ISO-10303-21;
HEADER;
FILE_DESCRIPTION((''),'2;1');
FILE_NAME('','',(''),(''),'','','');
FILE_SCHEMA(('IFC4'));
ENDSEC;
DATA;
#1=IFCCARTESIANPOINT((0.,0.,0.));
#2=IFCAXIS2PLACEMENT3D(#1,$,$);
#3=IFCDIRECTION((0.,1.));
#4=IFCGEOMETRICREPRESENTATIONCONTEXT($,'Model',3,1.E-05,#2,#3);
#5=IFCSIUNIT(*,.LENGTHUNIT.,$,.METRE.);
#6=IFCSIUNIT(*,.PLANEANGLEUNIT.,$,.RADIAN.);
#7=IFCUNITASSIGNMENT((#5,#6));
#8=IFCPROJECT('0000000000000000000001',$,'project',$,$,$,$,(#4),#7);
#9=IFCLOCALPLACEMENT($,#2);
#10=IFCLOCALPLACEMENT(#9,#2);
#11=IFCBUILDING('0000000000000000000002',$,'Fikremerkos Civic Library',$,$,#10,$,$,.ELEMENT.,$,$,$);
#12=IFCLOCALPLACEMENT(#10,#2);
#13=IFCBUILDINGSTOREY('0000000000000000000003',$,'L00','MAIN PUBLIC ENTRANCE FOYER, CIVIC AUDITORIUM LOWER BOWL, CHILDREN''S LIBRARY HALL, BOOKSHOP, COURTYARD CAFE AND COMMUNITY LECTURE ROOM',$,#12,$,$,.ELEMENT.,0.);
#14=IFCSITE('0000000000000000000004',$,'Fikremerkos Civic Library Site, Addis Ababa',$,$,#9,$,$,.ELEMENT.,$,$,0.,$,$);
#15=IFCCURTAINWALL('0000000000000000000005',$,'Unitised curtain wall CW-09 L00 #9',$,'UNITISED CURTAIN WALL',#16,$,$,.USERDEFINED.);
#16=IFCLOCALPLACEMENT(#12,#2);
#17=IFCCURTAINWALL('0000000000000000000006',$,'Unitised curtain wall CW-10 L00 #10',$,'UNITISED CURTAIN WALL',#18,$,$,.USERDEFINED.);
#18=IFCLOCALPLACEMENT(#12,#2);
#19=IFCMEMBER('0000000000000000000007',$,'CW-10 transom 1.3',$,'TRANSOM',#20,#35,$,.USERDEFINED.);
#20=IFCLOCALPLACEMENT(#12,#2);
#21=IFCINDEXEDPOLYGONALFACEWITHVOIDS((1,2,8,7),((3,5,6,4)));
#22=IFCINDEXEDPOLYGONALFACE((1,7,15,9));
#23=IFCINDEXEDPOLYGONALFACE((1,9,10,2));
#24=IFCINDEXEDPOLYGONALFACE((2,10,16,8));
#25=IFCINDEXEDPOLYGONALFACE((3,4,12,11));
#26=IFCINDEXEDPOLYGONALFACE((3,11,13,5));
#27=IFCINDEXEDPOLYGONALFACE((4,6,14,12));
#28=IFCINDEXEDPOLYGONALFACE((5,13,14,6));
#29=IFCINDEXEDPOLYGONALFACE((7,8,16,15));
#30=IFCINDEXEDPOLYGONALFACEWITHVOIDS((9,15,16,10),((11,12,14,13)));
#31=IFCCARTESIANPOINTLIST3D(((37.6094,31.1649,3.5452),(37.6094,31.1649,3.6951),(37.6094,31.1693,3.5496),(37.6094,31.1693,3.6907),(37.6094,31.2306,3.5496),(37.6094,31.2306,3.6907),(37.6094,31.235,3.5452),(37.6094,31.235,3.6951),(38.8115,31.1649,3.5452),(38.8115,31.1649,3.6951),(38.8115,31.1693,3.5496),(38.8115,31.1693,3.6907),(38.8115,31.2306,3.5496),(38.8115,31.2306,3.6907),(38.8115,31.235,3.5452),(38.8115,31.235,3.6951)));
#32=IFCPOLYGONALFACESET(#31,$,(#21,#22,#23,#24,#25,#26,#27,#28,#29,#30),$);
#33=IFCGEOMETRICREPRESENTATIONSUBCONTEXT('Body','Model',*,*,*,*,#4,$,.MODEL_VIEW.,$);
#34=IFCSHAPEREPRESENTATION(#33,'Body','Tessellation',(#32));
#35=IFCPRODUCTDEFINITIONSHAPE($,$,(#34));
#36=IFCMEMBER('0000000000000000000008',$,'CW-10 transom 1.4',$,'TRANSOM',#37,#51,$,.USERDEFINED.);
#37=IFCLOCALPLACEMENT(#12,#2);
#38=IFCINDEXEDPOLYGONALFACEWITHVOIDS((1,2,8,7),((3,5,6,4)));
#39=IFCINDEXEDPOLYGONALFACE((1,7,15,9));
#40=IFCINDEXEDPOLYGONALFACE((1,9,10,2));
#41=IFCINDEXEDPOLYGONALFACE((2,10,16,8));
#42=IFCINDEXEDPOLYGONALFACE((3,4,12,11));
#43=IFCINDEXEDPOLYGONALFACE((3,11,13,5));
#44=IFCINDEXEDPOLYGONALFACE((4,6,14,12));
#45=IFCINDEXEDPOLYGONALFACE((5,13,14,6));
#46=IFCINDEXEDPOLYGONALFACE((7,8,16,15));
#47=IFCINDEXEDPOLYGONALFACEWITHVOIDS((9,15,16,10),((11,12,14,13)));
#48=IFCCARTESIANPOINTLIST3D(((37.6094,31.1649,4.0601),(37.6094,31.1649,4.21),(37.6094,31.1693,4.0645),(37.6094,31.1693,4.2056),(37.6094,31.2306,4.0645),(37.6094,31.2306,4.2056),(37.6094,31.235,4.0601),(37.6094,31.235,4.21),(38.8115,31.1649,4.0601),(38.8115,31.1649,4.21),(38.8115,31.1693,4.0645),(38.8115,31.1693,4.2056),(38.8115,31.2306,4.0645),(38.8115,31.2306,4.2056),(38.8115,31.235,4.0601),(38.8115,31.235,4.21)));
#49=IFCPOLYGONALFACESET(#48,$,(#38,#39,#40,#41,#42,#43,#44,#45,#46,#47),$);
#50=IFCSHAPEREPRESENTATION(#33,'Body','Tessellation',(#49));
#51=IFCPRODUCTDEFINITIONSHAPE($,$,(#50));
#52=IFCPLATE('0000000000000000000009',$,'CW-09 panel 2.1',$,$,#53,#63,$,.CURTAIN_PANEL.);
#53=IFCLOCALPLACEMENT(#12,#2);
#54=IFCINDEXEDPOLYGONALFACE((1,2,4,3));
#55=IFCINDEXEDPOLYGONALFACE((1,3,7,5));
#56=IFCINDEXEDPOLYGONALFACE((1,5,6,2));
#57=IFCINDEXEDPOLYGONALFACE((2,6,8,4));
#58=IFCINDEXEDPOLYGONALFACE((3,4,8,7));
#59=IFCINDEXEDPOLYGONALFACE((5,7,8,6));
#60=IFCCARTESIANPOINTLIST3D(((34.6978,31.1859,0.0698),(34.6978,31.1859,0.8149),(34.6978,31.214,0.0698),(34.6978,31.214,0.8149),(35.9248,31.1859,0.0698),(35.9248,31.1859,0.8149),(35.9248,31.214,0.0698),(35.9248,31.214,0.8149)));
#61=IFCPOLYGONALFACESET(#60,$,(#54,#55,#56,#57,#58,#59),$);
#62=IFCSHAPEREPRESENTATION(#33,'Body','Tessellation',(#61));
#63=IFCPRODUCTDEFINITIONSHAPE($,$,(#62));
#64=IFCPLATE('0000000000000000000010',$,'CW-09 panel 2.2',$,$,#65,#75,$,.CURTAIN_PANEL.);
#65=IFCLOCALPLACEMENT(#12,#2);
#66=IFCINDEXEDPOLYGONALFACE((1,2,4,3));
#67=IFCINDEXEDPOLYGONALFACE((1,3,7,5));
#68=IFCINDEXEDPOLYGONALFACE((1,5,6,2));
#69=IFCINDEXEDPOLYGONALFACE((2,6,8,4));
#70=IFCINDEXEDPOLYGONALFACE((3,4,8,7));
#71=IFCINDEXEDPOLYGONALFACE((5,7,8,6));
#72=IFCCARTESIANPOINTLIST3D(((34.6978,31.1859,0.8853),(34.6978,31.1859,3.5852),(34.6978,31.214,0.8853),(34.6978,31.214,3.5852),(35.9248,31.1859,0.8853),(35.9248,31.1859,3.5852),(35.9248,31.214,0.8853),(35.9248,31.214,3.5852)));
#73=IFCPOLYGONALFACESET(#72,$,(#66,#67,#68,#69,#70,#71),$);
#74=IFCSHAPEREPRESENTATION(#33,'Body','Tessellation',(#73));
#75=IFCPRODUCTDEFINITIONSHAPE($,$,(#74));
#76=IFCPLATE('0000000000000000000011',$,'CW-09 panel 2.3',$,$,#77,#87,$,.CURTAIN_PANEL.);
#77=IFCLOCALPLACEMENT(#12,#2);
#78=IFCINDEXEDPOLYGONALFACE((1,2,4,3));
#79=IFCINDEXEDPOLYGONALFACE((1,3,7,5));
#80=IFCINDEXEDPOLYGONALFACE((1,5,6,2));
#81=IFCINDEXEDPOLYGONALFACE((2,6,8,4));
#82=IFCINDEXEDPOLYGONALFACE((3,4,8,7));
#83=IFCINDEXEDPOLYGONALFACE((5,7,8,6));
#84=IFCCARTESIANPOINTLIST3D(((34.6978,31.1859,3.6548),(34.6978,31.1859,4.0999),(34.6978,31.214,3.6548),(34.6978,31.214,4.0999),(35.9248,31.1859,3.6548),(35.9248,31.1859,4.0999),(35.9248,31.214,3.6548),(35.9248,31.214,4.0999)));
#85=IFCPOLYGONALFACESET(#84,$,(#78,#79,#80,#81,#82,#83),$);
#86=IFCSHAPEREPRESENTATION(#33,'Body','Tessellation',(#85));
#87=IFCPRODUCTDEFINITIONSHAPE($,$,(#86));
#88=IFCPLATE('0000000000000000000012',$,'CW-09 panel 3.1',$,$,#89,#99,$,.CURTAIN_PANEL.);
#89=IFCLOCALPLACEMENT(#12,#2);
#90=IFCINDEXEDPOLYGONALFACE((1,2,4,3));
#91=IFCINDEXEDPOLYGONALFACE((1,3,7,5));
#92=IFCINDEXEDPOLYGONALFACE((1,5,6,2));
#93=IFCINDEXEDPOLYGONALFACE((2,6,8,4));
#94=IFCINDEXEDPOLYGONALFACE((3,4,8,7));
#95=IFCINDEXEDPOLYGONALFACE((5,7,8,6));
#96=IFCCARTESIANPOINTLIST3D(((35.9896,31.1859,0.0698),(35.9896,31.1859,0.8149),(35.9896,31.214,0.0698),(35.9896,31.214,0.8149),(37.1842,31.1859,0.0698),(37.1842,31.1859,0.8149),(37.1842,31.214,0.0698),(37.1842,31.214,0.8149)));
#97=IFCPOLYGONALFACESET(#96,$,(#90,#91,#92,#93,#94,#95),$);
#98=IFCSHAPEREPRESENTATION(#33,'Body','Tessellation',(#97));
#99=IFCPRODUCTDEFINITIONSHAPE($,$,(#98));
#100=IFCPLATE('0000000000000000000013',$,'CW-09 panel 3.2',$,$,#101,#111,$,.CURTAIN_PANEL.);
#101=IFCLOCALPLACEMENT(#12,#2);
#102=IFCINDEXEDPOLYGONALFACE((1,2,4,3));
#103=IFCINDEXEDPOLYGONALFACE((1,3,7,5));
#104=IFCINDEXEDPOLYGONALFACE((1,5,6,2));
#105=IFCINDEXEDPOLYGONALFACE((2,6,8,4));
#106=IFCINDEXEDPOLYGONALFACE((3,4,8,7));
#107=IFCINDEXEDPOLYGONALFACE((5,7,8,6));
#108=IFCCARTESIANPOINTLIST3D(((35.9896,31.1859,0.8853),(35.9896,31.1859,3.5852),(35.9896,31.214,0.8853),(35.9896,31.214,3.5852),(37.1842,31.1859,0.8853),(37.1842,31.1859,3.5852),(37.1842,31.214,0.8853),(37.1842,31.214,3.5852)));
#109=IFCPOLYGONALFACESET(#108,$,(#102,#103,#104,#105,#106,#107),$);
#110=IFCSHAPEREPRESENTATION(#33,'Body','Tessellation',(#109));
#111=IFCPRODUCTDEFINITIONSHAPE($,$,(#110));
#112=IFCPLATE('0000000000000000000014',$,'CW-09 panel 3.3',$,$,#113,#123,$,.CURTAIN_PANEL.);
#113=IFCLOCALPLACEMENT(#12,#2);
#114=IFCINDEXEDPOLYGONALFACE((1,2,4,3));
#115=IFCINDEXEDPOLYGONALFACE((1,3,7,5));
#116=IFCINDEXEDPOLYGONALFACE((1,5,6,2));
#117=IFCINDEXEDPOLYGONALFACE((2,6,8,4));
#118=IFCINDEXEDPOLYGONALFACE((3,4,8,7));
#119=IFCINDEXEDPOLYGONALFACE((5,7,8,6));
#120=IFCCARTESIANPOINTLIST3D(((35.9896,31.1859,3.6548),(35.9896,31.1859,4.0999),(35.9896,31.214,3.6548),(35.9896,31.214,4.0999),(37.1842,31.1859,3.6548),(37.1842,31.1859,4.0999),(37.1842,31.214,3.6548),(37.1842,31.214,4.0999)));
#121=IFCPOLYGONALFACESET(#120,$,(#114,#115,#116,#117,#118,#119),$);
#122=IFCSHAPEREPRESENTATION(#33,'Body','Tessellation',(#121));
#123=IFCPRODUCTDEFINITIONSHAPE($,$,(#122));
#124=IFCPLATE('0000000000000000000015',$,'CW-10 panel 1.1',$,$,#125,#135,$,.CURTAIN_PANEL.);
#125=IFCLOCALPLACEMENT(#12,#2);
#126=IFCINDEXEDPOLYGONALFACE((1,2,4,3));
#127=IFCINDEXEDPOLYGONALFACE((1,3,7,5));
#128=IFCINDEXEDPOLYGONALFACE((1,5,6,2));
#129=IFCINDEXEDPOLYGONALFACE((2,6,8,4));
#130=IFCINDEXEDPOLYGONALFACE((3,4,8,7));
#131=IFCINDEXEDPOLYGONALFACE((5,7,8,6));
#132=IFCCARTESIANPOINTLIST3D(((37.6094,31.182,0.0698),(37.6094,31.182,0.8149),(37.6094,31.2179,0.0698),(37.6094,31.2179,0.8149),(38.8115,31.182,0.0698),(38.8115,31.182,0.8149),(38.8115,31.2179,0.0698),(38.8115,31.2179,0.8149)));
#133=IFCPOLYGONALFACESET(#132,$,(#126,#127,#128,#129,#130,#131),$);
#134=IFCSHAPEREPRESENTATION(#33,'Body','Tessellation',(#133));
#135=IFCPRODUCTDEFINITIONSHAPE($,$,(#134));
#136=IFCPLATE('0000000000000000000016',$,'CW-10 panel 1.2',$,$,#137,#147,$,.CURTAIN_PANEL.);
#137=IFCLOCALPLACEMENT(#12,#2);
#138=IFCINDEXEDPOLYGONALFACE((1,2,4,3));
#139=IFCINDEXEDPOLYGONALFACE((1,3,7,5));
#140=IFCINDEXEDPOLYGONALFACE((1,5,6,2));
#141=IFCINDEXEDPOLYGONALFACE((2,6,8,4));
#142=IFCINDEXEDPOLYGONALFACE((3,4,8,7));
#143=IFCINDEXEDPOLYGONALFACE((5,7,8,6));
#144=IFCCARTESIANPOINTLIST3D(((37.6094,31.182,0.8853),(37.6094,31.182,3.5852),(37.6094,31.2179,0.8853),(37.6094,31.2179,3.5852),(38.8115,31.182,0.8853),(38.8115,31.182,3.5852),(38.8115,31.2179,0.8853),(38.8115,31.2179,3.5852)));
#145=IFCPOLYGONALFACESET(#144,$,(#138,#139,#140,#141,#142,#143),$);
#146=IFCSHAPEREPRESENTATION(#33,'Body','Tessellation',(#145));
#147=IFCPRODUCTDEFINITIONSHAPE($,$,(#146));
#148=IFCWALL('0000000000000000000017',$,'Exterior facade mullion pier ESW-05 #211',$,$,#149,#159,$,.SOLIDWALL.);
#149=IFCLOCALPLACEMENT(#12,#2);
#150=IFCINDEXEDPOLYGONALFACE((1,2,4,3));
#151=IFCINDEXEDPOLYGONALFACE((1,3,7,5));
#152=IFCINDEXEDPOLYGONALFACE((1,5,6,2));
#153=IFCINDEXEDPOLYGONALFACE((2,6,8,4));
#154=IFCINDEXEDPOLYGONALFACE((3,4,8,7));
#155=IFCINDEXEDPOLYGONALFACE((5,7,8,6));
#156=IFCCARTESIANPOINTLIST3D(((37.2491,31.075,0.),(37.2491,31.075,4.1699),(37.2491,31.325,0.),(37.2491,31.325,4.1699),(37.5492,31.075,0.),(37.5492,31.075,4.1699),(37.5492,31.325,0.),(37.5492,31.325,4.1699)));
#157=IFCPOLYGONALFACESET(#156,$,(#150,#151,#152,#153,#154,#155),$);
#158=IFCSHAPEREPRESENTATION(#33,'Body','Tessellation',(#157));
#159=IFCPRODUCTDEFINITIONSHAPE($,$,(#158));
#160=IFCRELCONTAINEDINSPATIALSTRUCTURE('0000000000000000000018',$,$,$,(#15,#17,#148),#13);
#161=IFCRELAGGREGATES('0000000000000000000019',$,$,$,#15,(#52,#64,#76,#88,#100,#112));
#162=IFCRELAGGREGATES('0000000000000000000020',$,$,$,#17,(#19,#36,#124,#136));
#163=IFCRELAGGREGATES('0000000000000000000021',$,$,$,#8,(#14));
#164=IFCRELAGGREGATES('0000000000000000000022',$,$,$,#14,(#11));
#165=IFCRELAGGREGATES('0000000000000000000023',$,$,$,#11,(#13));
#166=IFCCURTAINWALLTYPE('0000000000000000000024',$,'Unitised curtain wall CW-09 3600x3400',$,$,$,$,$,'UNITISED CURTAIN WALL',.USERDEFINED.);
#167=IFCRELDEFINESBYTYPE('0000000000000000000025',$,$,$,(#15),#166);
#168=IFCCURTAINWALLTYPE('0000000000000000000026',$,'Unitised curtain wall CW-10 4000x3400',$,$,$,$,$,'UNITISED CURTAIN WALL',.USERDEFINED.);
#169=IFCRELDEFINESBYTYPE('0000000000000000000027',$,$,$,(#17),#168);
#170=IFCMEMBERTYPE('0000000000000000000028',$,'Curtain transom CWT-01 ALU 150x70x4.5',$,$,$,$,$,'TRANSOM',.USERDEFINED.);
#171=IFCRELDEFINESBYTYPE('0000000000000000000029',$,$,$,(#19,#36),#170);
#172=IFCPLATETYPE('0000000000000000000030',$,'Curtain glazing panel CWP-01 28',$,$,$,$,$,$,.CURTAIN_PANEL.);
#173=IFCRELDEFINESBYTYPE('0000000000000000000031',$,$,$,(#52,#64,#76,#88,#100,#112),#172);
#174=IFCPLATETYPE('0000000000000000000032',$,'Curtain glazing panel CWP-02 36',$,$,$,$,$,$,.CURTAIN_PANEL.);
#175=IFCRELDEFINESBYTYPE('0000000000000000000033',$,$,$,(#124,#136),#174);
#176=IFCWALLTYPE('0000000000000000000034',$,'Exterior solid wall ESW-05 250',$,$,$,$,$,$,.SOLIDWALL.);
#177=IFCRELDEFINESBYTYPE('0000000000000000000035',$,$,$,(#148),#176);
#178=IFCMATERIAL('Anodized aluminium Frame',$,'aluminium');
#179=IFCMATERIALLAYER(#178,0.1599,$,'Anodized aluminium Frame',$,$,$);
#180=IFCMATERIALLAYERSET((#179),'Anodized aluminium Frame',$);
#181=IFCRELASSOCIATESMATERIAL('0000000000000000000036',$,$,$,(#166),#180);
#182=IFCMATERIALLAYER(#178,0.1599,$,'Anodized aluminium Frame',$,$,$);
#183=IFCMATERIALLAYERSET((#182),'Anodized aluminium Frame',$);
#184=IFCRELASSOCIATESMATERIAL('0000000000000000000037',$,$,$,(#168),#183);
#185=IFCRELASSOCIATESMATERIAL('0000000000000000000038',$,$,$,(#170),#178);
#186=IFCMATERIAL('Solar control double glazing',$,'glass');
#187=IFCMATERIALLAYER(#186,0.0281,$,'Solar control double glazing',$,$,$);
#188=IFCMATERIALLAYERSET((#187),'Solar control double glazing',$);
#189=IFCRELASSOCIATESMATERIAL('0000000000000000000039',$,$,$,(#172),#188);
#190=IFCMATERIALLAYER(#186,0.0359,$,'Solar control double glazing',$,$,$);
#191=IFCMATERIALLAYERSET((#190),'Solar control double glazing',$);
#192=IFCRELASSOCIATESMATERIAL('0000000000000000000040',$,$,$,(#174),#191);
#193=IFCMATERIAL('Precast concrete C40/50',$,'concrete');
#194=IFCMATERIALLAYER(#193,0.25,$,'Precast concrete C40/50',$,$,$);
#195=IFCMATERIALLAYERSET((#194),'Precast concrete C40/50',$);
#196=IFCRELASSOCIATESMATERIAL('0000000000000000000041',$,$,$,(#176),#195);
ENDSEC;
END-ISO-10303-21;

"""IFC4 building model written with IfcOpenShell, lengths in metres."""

from ifc_helpers import new_model, si_unit, direction, frame, frame_2d, origin, origin_2d, place, context, subcontext, project, spatial, rectangle, hollow_rectangle, extrude, material, layer, layer_set, material_profile, profile_set, type_object, element, aggregate, save


model = new_model("IFC4")

# Units and contexts
model_context = context("Model", 3, precision=1e-05, world=origin(), true_north=direction((0.0, 1.0)))
body_context = subcontext(model_context, "Body", "Model", "MODEL_VIEW")
ifc_project = project(units=[si_unit("LENGTHUNIT", "METRE"), si_unit("PLANEANGLEUNIT", "RADIAN")], contexts=[model_context])

# Site, building, storey
site_placement = place(None, origin())
site = spatial("IfcSite", under=ifc_project, at=site_placement, Name="Fikremerkos Civic Library Site, Addis Ababa", CompositionType="ELEMENT", RefElevation=0.0)
building_placement = place(site_placement, origin())
building = spatial("IfcBuilding", under=site, at=building_placement, Name="Fikremerkos Civic Library", CompositionType="ELEMENT")
storey_placement = place(building_placement, origin())
storey = spatial("IfcBuildingStorey", under=building, at=storey_placement, Name="L00", Description="MAIN PUBLIC ENTRANCE FOYER, CIVIC AUDITORIUM LOWER BOWL, CHILDREN'S LIBRARY HALL, BOOKSHOP, COURTYARD CAFE AND COMMUNITY LECTURE ROOM", CompositionType="ELEMENT", Elevation=0.0)

# Curtain wall
ifc_material_1 = material(Name="Anodized aluminium Frame", Category="aluminium")
ifc_layer_1 = layer(ifc_material_1, 0.1599, Name="Anodized aluminium Frame")
ifc_layer_set_1 = layer_set([ifc_layer_1], Name="Anodized aluminium Frame")
curtain_wall_type_1 = type_object("IfcCurtainWallType", Name="Unitised curtain wall CW-09 3600x3400", ElementType="UNITISED CURTAIN WALL", PredefinedType="USERDEFINED", material=ifc_layer_set_1)
curtain_wall_1_placement = place(storey_placement, origin())
curtain_wall_1 = element("IfcCurtainWall", 1, at=curtain_wall_1_placement, inside=storey, type_object=curtain_wall_type_1, Name="Unitised curtain wall CW-09 L00 #9", ObjectType="UNITISED CURTAIN WALL", PredefinedType="USERDEFINED")

# Curtain wall
ifc_layer_2 = layer(ifc_material_1, 0.1599, Name="Anodized aluminium Frame")
ifc_layer_set_2 = layer_set([ifc_layer_2], Name="Anodized aluminium Frame")
curtain_wall_type_2 = type_object("IfcCurtainWallType", Name="Unitised curtain wall CW-10 4000x3400", ElementType="UNITISED CURTAIN WALL", PredefinedType="USERDEFINED", material=ifc_layer_set_2)
curtain_wall_2_placement = place(storey_placement, origin())
curtain_wall_2 = element("IfcCurtainWall", 2, at=curtain_wall_2_placement, inside=storey, type_object=curtain_wall_type_2, Name="Unitised curtain wall CW-10 L00 #10", ObjectType="UNITISED CURTAIN WALL", PredefinedType="USERDEFINED")

# Members
ifc_material_profile_1 = material_profile(ifc_material_1, hollow_rectangle(XDim=0.0701, YDim=0.1499, WallThickness=0.0044, at=origin_2d()), Name="ALU 150x70x4.5")
ifc_profile_set_1 = profile_set([ifc_material_profile_1], Name="Anodized aluminium Frame")
member_type_1 = type_object("IfcMemberType", Name="Curtain transom CWT-01 ALU 150x70x4.5", ElementType="TRANSOM", PredefinedType="USERDEFINED", material=ifc_profile_set_1)
member_1_placement = place(storey_placement, frame((37.6094, 31.2, 3.6201), z_axis=(1.0, 0.0, 0.0), x_axis=(0.0, 1.0, 0.0)))
member_1 = element("IfcMember", 3, at=member_1_placement, type_object=member_type_1, Name="CW-10 transom 1.3", ObjectType="TRANSOM", PredefinedType="USERDEFINED", context=body_context, shape_type="SweptSolid", body=[
    extrude(hollow_rectangle(XDim=0.0701, YDim=0.1499, WallThickness=0.0044, at=origin_2d()), origin(), (0.0, 0.0, 1.0), 1.2021),
])
member_2_placement = place(storey_placement, frame((37.6094, 31.2, 4.135), z_axis=(1.0, 0.0, 0.0), x_axis=(0.0, 1.0, 0.0)))
member_2 = element("IfcMember", 4, at=member_2_placement, type_object=member_type_1, Name="CW-10 transom 1.4", ObjectType="TRANSOM", PredefinedType="USERDEFINED", context=body_context, shape_type="SweptSolid", body=[
    extrude(hollow_rectangle(XDim=0.0701, YDim=0.1499, WallThickness=0.0044, at=origin_2d()), origin(), (0.0, 0.0, 1.0), 1.2021),
])

# Plates
ifc_material_2 = material(Name="Solar control double glazing", Category="glass")
ifc_layer_3 = layer(ifc_material_2, 0.0281, Name="Solar control double glazing")
ifc_layer_set_3 = layer_set([ifc_layer_3], Name="Solar control double glazing")
plate_type_1 = type_object("IfcPlateType", Name="Curtain glazing panel CWP-01 28", PredefinedType="CURTAIN_PANEL", material=ifc_layer_set_3)
plate_1_placement = place(storey_placement, frame((35.3113, 31.2, 0.0698), z_axis=(0.0, 0.0, 1.0), x_axis=(1.0, 0.0, 0.0)))
plate_1 = element("IfcPlate", 5, at=plate_1_placement, type_object=plate_type_1, Name="CW-09 panel 2.1", PredefinedType="CURTAIN_PANEL", context=body_context, shape_type="SweptSolid", body=[
    extrude(rectangle(XDim=1.2271, YDim=0.0281, at=origin_2d()), origin(), (0.0, 0.0, 1.0), 0.7451),
])
plate_2_placement = place(storey_placement, frame((35.3113, 31.2, 0.8853), z_axis=(0.0, 0.0, 1.0), x_axis=(1.0, 0.0, 0.0)))
plate_2 = element("IfcPlate", 6, at=plate_2_placement, type_object=plate_type_1, Name="CW-09 panel 2.2", PredefinedType="CURTAIN_PANEL", context=body_context, shape_type="SweptSolid", body=[
    extrude(rectangle(XDim=1.2271, YDim=0.0281, at=origin_2d()), origin(), (0.0, 0.0, 1.0), 2.7),
])
plate_3_placement = place(storey_placement, frame((35.3113, 31.2, 3.6548), z_axis=(0.0, 0.0, 1.0), x_axis=(1.0, 0.0, 0.0)))
plate_3 = element("IfcPlate", 7, at=plate_3_placement, type_object=plate_type_1, Name="CW-09 panel 2.3", PredefinedType="CURTAIN_PANEL", context=body_context, shape_type="SweptSolid", body=[
    extrude(rectangle(XDim=1.2271, YDim=0.0281, at=origin_2d()), origin(), (0.0, 0.0, 1.0), 0.4451),
])
plate_4_placement = place(storey_placement, frame((36.5869, 31.2, 0.0698), z_axis=(0.0, 0.0, 1.0), x_axis=(1.0, 0.0, 0.0)))
plate_4 = element("IfcPlate", 8, at=plate_4_placement, type_object=plate_type_1, Name="CW-09 panel 3.1", PredefinedType="CURTAIN_PANEL", context=body_context, shape_type="SweptSolid", body=[
    extrude(rectangle(XDim=1.1946, YDim=0.0281, at=origin_2d()), origin(), (0.0, 0.0, 1.0), 0.7451),
])
plate_5_placement = place(storey_placement, frame((36.5869, 31.2, 0.8853), z_axis=(0.0, 0.0, 1.0), x_axis=(1.0, 0.0, 0.0)))
plate_5 = element("IfcPlate", 9, at=plate_5_placement, type_object=plate_type_1, Name="CW-09 panel 3.2", PredefinedType="CURTAIN_PANEL", context=body_context, shape_type="SweptSolid", body=[
    extrude(rectangle(XDim=1.1946, YDim=0.0281, at=origin_2d()), origin(), (0.0, 0.0, 1.0), 2.7),
])
plate_6_placement = place(storey_placement, frame((36.5869, 31.2, 3.6548), z_axis=(0.0, 0.0, 1.0), x_axis=(1.0, 0.0, 0.0)))
plate_6 = element("IfcPlate", 10, at=plate_6_placement, type_object=plate_type_1, Name="CW-09 panel 3.3", PredefinedType="CURTAIN_PANEL", context=body_context, shape_type="SweptSolid", body=[
    extrude(rectangle(XDim=1.1946, YDim=0.0281, at=origin_2d()), origin(), (0.0, 0.0, 1.0), 0.4451),
])
aggregate(curtain_wall_1, [plate_1, plate_2, plate_3, plate_4, plate_5, plate_6])
ifc_layer_4 = layer(ifc_material_2, 0.0359, Name="Solar control double glazing")
ifc_layer_set_4 = layer_set([ifc_layer_4], Name="Solar control double glazing")
plate_type_2 = type_object("IfcPlateType", Name="Curtain glazing panel CWP-02 36", PredefinedType="CURTAIN_PANEL", material=ifc_layer_set_4)
plate_7_placement = place(storey_placement, frame((38.2104, 31.2, 0.0698), z_axis=(0.0, 0.0, 1.0), x_axis=(1.0, 0.0, 0.0)))
plate_7 = element("IfcPlate", 11, at=plate_7_placement, type_object=plate_type_2, Name="CW-10 panel 1.1", PredefinedType="CURTAIN_PANEL", context=body_context, shape_type="SweptSolid", body=[
    extrude(rectangle(XDim=1.2021, YDim=0.0359, at=origin_2d()), origin(), (0.0, 0.0, 1.0), 0.7451),
])
plate_8_placement = place(storey_placement, frame((38.2104, 31.2, 0.8853), z_axis=(0.0, 0.0, 1.0), x_axis=(1.0, 0.0, 0.0)))
plate_8 = element("IfcPlate", 12, at=plate_8_placement, type_object=plate_type_2, Name="CW-10 panel 1.2", PredefinedType="CURTAIN_PANEL", context=body_context, shape_type="SweptSolid", body=[
    extrude(rectangle(XDim=1.2021, YDim=0.0359, at=origin_2d()), origin(), (0.0, 0.0, 1.0), 2.7),
])
aggregate(curtain_wall_2, [member_1, member_2, plate_7, plate_8])

# Wall
ifc_material_3 = material(Name="Precast concrete C40/50", Category="concrete")
ifc_layer_5 = layer(ifc_material_3, 0.25, Name="Precast concrete C40/50")
ifc_layer_set_5 = layer_set([ifc_layer_5], Name="Precast concrete C40/50")
wall_type = type_object("IfcWallType", Name="Exterior solid wall ESW-05 250", PredefinedType="SOLIDWALL", material=ifc_layer_set_5)
wall_placement = place(storey_placement, frame((37.2493, 31.2, 0.0), z_axis=(0.0, 0.0, 1.0), x_axis=(1.0, 0.0, 0.0)))
element("IfcWall", 13, at=wall_placement, inside=storey, type_object=wall_type, Name="Exterior facade mullion pier ESW-05 #211", PredefinedType="SOLIDWALL", context=body_context, shape_type="SweptSolid", body=[
    extrude(rectangle(XDim=0.3, YDim=0.25, at=frame_2d((0.1499, 0.0))), origin(), (0.0, 0.0, 1.0), 4.1699),
])

save(model, "model.ifc")
